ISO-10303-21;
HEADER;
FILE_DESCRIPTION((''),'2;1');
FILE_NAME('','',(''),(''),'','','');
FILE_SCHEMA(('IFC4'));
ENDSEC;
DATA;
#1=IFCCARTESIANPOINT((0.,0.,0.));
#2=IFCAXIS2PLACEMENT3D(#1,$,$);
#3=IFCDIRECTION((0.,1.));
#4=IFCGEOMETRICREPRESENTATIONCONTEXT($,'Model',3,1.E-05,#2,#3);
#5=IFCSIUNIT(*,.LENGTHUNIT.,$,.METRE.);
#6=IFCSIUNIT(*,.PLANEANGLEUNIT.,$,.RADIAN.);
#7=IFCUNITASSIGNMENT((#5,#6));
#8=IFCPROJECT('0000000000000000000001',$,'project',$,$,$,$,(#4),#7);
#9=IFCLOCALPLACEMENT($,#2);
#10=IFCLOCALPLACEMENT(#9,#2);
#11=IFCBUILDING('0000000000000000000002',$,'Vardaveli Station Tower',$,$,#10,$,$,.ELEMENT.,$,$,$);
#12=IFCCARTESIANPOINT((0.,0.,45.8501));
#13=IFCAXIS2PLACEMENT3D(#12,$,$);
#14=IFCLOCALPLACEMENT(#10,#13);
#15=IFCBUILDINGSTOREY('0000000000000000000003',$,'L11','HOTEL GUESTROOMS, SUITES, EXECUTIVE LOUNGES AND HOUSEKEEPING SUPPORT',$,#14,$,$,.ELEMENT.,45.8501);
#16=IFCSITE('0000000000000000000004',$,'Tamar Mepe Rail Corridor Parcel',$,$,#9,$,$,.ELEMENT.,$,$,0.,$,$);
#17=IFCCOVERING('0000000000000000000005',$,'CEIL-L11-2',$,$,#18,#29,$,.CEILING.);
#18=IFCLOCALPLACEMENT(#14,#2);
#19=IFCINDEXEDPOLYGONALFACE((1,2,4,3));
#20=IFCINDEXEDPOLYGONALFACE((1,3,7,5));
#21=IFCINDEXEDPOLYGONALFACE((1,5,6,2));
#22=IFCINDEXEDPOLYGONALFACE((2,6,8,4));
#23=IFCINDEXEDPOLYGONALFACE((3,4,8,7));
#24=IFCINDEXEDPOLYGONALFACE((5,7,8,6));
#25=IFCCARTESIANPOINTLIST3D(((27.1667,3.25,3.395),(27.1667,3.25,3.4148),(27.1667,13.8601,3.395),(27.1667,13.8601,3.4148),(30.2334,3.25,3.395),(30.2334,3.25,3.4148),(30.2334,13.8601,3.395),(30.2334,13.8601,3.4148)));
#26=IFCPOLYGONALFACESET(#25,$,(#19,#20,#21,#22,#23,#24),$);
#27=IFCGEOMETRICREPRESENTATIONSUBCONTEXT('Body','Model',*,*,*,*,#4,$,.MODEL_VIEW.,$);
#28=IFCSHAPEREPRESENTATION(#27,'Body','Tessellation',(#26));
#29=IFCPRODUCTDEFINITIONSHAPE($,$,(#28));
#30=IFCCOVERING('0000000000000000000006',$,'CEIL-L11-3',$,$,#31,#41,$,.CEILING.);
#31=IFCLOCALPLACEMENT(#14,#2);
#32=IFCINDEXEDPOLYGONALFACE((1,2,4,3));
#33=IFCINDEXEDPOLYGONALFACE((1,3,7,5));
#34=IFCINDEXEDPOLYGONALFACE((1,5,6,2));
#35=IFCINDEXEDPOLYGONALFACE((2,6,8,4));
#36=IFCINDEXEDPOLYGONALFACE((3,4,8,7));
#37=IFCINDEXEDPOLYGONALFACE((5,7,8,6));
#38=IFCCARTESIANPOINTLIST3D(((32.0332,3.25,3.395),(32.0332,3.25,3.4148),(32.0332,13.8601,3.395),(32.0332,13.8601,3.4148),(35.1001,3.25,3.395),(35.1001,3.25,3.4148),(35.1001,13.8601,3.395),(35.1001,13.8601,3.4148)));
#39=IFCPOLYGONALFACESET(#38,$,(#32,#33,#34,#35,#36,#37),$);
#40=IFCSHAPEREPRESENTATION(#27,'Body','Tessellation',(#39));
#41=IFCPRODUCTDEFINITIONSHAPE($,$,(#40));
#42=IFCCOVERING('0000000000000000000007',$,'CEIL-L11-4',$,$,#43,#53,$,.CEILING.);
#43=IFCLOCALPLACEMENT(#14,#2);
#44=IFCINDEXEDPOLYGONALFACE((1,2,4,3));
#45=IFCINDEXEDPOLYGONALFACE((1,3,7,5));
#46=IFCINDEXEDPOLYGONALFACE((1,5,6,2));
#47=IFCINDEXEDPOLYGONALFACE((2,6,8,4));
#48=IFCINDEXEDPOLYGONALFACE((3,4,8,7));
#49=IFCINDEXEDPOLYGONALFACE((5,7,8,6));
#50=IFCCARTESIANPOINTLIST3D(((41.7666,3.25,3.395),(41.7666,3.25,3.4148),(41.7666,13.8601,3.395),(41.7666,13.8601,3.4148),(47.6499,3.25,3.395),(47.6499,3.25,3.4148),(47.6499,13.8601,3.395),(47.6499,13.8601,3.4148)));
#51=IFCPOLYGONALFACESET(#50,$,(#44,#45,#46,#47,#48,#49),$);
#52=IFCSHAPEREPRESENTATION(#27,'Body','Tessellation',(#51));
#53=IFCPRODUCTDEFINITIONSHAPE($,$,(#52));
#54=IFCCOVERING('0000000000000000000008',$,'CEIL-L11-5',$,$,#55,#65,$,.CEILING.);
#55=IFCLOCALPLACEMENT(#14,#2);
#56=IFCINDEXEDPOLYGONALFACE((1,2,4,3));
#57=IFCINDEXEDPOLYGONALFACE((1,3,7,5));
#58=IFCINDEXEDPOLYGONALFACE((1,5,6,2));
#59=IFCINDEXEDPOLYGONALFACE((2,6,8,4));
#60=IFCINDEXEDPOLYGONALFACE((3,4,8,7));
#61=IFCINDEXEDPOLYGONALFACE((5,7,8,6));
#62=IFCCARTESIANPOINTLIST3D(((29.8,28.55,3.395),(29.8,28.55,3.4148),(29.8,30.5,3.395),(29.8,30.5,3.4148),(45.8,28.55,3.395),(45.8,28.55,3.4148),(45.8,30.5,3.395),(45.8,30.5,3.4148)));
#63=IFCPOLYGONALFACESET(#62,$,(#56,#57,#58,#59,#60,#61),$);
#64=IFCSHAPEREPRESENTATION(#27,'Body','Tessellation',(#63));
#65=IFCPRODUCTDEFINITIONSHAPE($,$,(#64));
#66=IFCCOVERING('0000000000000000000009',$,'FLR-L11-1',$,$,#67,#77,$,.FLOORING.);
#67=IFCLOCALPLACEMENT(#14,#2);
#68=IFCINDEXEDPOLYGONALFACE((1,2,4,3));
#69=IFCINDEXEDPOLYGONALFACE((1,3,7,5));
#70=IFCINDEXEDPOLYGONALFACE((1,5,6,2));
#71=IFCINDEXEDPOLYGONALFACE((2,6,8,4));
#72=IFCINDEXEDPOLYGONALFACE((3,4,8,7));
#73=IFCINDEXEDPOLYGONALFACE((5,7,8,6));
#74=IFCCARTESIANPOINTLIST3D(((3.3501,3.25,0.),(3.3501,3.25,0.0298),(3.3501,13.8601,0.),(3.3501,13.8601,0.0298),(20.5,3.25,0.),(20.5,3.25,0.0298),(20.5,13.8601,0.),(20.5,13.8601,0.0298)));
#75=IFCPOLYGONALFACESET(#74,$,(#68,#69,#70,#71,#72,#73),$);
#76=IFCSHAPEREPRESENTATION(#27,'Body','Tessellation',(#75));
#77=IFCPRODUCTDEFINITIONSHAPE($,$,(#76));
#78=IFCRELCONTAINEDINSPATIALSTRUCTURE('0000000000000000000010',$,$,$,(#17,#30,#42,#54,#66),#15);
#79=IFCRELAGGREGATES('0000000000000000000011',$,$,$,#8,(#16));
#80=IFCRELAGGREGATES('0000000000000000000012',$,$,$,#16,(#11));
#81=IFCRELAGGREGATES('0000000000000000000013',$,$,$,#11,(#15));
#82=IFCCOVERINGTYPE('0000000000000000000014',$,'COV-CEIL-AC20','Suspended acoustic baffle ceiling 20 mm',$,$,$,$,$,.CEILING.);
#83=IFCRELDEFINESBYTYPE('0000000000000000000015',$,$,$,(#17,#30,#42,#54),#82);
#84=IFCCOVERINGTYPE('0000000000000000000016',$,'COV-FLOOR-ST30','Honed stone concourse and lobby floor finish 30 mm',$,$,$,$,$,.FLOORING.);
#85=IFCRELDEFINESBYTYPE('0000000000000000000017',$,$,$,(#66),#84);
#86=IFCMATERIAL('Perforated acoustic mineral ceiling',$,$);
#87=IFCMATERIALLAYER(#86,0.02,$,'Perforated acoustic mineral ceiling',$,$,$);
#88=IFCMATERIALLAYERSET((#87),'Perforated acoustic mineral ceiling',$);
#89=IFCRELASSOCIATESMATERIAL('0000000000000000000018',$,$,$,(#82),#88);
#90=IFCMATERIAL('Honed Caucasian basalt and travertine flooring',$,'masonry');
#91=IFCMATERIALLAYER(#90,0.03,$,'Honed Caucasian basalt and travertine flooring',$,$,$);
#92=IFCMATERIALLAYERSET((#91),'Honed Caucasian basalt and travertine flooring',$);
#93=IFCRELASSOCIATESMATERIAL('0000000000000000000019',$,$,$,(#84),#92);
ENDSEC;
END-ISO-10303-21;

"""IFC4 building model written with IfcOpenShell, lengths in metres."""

from ifc_helpers import new_model, si_unit, direction, frame, origin, place, context, subcontext, project, spatial, polyline, outline, extrude, material, layer, layer_set, type_object, element, save


model = new_model("IFC4")

# Units and contexts
model_context = context("Model", 3, precision=1e-05, world=origin(), true_north=direction((0.0, 1.0)))
body_context = subcontext(model_context, "Body", "Model", "MODEL_VIEW")
ifc_project = project(units=[si_unit("LENGTHUNIT", "METRE"), si_unit("PLANEANGLEUNIT", "RADIAN")], contexts=[model_context])

# Site, building, storey
site_placement = place(None, origin())
site = spatial("IfcSite", under=ifc_project, at=site_placement, Name="Tamar Mepe Rail Corridor Parcel", CompositionType="ELEMENT", RefElevation=0.0)
building_placement = place(site_placement, origin())
building = spatial("IfcBuilding", under=site, at=building_placement, Name="Vardaveli Station Tower", CompositionType="ELEMENT")
storey_placement = place(building_placement, frame((0.0, 0.0, 45.8501)))
storey = spatial("IfcBuildingStorey", under=building, at=storey_placement, Name="L11", Description="HOTEL GUESTROOMS, SUITES, EXECUTIVE LOUNGES AND HOUSEKEEPING SUPPORT", CompositionType="ELEMENT", Elevation=45.8501)

# Coverings
ifc_material_1 = material(Name="Perforated acoustic mineral ceiling")
ifc_layer_1 = layer(ifc_material_1, 0.02, Name="Perforated acoustic mineral ceiling")
ifc_layer_set_1 = layer_set([ifc_layer_1], Name="Perforated acoustic mineral ceiling")
covering_type_1 = type_object("IfcCoveringType", Name="COV-CEIL-AC20", Description="Suspended acoustic baffle ceiling 20 mm", PredefinedType="CEILING", material=ifc_layer_set_1)
covering_1_placement = place(storey_placement, frame((0.0, 0.0, 3.395)))
element("IfcCovering", 1, at=covering_1_placement, inside=storey, type_object=covering_type_1, Name="CEIL-L11-2", PredefinedType="CEILING", context=body_context, shape_type="SweptSolid", body=[
    extrude(outline(polyline([(27.1667, 3.25), (30.2334, 3.25), (30.2334, 13.8601), (27.1667, 13.8601), (27.1667, 3.25)])), origin(), (0.0, 0.0, 1.0), 0.0198),
])
covering_2_placement = place(storey_placement, frame((0.0, 0.0, 3.395)))
element("IfcCovering", 2, at=covering_2_placement, inside=storey, type_object=covering_type_1, Name="CEIL-L11-3", PredefinedType="CEILING", context=body_context, shape_type="SweptSolid", body=[
    extrude(outline(polyline([(32.0332, 3.25), (35.1001, 3.25), (35.1001, 13.8601), (32.0332, 13.8601), (32.0332, 3.25)])), origin(), (0.0, 0.0, 1.0), 0.0198),
])
covering_3_placement = place(storey_placement, frame((0.0, 0.0, 3.395)))
element("IfcCovering", 3, at=covering_3_placement, inside=storey, type_object=covering_type_1, Name="CEIL-L11-4", PredefinedType="CEILING", context=body_context, shape_type="SweptSolid", body=[
    extrude(outline(polyline([(41.7666, 3.25), (47.6499, 3.25), (47.6499, 13.8601), (41.7666, 13.8601), (41.7666, 3.25)])), origin(), (0.0, 0.0, 1.0), 0.0198),
])
covering_4_placement = place(storey_placement, frame((0.0, 0.0, 3.395)))
element("IfcCovering", 4, at=covering_4_placement, inside=storey, type_object=covering_type_1, Name="CEIL-L11-5", PredefinedType="CEILING", context=body_context, shape_type="SweptSolid", body=[
    extrude(outline(polyline([(29.8, 28.55), (45.8, 28.55), (45.8, 30.5), (29.8, 30.5), (29.8, 28.55)])), origin(), (0.0, 0.0, 1.0), 0.0198),
])
ifc_material_2 = material(Name="Honed Caucasian basalt and travertine flooring", Category="masonry")
ifc_layer_2 = layer(ifc_material_2, 0.03, Name="Honed Caucasian basalt and travertine flooring")
ifc_layer_set_2 = layer_set([ifc_layer_2], Name="Honed Caucasian basalt and travertine flooring")
covering_type_2 = type_object("IfcCoveringType", Name="COV-FLOOR-ST30", Description="Honed stone concourse and lobby floor finish 30 mm", PredefinedType="FLOORING", material=ifc_layer_set_2)
covering_5_placement = place(storey_placement, origin())
element("IfcCovering", 5, at=covering_5_placement, inside=storey, type_object=covering_type_2, Name="FLR-L11-1", PredefinedType="FLOORING", context=body_context, shape_type="SweptSolid", body=[
    extrude(outline(polyline([(3.3501, 3.25), (20.5, 3.25), (20.5, 13.8601), (3.3501, 13.8601), (3.3501, 3.25)])), origin(), (0.0, 0.0, 1.0), 0.0298),
])

save(model, "model.ifc")
